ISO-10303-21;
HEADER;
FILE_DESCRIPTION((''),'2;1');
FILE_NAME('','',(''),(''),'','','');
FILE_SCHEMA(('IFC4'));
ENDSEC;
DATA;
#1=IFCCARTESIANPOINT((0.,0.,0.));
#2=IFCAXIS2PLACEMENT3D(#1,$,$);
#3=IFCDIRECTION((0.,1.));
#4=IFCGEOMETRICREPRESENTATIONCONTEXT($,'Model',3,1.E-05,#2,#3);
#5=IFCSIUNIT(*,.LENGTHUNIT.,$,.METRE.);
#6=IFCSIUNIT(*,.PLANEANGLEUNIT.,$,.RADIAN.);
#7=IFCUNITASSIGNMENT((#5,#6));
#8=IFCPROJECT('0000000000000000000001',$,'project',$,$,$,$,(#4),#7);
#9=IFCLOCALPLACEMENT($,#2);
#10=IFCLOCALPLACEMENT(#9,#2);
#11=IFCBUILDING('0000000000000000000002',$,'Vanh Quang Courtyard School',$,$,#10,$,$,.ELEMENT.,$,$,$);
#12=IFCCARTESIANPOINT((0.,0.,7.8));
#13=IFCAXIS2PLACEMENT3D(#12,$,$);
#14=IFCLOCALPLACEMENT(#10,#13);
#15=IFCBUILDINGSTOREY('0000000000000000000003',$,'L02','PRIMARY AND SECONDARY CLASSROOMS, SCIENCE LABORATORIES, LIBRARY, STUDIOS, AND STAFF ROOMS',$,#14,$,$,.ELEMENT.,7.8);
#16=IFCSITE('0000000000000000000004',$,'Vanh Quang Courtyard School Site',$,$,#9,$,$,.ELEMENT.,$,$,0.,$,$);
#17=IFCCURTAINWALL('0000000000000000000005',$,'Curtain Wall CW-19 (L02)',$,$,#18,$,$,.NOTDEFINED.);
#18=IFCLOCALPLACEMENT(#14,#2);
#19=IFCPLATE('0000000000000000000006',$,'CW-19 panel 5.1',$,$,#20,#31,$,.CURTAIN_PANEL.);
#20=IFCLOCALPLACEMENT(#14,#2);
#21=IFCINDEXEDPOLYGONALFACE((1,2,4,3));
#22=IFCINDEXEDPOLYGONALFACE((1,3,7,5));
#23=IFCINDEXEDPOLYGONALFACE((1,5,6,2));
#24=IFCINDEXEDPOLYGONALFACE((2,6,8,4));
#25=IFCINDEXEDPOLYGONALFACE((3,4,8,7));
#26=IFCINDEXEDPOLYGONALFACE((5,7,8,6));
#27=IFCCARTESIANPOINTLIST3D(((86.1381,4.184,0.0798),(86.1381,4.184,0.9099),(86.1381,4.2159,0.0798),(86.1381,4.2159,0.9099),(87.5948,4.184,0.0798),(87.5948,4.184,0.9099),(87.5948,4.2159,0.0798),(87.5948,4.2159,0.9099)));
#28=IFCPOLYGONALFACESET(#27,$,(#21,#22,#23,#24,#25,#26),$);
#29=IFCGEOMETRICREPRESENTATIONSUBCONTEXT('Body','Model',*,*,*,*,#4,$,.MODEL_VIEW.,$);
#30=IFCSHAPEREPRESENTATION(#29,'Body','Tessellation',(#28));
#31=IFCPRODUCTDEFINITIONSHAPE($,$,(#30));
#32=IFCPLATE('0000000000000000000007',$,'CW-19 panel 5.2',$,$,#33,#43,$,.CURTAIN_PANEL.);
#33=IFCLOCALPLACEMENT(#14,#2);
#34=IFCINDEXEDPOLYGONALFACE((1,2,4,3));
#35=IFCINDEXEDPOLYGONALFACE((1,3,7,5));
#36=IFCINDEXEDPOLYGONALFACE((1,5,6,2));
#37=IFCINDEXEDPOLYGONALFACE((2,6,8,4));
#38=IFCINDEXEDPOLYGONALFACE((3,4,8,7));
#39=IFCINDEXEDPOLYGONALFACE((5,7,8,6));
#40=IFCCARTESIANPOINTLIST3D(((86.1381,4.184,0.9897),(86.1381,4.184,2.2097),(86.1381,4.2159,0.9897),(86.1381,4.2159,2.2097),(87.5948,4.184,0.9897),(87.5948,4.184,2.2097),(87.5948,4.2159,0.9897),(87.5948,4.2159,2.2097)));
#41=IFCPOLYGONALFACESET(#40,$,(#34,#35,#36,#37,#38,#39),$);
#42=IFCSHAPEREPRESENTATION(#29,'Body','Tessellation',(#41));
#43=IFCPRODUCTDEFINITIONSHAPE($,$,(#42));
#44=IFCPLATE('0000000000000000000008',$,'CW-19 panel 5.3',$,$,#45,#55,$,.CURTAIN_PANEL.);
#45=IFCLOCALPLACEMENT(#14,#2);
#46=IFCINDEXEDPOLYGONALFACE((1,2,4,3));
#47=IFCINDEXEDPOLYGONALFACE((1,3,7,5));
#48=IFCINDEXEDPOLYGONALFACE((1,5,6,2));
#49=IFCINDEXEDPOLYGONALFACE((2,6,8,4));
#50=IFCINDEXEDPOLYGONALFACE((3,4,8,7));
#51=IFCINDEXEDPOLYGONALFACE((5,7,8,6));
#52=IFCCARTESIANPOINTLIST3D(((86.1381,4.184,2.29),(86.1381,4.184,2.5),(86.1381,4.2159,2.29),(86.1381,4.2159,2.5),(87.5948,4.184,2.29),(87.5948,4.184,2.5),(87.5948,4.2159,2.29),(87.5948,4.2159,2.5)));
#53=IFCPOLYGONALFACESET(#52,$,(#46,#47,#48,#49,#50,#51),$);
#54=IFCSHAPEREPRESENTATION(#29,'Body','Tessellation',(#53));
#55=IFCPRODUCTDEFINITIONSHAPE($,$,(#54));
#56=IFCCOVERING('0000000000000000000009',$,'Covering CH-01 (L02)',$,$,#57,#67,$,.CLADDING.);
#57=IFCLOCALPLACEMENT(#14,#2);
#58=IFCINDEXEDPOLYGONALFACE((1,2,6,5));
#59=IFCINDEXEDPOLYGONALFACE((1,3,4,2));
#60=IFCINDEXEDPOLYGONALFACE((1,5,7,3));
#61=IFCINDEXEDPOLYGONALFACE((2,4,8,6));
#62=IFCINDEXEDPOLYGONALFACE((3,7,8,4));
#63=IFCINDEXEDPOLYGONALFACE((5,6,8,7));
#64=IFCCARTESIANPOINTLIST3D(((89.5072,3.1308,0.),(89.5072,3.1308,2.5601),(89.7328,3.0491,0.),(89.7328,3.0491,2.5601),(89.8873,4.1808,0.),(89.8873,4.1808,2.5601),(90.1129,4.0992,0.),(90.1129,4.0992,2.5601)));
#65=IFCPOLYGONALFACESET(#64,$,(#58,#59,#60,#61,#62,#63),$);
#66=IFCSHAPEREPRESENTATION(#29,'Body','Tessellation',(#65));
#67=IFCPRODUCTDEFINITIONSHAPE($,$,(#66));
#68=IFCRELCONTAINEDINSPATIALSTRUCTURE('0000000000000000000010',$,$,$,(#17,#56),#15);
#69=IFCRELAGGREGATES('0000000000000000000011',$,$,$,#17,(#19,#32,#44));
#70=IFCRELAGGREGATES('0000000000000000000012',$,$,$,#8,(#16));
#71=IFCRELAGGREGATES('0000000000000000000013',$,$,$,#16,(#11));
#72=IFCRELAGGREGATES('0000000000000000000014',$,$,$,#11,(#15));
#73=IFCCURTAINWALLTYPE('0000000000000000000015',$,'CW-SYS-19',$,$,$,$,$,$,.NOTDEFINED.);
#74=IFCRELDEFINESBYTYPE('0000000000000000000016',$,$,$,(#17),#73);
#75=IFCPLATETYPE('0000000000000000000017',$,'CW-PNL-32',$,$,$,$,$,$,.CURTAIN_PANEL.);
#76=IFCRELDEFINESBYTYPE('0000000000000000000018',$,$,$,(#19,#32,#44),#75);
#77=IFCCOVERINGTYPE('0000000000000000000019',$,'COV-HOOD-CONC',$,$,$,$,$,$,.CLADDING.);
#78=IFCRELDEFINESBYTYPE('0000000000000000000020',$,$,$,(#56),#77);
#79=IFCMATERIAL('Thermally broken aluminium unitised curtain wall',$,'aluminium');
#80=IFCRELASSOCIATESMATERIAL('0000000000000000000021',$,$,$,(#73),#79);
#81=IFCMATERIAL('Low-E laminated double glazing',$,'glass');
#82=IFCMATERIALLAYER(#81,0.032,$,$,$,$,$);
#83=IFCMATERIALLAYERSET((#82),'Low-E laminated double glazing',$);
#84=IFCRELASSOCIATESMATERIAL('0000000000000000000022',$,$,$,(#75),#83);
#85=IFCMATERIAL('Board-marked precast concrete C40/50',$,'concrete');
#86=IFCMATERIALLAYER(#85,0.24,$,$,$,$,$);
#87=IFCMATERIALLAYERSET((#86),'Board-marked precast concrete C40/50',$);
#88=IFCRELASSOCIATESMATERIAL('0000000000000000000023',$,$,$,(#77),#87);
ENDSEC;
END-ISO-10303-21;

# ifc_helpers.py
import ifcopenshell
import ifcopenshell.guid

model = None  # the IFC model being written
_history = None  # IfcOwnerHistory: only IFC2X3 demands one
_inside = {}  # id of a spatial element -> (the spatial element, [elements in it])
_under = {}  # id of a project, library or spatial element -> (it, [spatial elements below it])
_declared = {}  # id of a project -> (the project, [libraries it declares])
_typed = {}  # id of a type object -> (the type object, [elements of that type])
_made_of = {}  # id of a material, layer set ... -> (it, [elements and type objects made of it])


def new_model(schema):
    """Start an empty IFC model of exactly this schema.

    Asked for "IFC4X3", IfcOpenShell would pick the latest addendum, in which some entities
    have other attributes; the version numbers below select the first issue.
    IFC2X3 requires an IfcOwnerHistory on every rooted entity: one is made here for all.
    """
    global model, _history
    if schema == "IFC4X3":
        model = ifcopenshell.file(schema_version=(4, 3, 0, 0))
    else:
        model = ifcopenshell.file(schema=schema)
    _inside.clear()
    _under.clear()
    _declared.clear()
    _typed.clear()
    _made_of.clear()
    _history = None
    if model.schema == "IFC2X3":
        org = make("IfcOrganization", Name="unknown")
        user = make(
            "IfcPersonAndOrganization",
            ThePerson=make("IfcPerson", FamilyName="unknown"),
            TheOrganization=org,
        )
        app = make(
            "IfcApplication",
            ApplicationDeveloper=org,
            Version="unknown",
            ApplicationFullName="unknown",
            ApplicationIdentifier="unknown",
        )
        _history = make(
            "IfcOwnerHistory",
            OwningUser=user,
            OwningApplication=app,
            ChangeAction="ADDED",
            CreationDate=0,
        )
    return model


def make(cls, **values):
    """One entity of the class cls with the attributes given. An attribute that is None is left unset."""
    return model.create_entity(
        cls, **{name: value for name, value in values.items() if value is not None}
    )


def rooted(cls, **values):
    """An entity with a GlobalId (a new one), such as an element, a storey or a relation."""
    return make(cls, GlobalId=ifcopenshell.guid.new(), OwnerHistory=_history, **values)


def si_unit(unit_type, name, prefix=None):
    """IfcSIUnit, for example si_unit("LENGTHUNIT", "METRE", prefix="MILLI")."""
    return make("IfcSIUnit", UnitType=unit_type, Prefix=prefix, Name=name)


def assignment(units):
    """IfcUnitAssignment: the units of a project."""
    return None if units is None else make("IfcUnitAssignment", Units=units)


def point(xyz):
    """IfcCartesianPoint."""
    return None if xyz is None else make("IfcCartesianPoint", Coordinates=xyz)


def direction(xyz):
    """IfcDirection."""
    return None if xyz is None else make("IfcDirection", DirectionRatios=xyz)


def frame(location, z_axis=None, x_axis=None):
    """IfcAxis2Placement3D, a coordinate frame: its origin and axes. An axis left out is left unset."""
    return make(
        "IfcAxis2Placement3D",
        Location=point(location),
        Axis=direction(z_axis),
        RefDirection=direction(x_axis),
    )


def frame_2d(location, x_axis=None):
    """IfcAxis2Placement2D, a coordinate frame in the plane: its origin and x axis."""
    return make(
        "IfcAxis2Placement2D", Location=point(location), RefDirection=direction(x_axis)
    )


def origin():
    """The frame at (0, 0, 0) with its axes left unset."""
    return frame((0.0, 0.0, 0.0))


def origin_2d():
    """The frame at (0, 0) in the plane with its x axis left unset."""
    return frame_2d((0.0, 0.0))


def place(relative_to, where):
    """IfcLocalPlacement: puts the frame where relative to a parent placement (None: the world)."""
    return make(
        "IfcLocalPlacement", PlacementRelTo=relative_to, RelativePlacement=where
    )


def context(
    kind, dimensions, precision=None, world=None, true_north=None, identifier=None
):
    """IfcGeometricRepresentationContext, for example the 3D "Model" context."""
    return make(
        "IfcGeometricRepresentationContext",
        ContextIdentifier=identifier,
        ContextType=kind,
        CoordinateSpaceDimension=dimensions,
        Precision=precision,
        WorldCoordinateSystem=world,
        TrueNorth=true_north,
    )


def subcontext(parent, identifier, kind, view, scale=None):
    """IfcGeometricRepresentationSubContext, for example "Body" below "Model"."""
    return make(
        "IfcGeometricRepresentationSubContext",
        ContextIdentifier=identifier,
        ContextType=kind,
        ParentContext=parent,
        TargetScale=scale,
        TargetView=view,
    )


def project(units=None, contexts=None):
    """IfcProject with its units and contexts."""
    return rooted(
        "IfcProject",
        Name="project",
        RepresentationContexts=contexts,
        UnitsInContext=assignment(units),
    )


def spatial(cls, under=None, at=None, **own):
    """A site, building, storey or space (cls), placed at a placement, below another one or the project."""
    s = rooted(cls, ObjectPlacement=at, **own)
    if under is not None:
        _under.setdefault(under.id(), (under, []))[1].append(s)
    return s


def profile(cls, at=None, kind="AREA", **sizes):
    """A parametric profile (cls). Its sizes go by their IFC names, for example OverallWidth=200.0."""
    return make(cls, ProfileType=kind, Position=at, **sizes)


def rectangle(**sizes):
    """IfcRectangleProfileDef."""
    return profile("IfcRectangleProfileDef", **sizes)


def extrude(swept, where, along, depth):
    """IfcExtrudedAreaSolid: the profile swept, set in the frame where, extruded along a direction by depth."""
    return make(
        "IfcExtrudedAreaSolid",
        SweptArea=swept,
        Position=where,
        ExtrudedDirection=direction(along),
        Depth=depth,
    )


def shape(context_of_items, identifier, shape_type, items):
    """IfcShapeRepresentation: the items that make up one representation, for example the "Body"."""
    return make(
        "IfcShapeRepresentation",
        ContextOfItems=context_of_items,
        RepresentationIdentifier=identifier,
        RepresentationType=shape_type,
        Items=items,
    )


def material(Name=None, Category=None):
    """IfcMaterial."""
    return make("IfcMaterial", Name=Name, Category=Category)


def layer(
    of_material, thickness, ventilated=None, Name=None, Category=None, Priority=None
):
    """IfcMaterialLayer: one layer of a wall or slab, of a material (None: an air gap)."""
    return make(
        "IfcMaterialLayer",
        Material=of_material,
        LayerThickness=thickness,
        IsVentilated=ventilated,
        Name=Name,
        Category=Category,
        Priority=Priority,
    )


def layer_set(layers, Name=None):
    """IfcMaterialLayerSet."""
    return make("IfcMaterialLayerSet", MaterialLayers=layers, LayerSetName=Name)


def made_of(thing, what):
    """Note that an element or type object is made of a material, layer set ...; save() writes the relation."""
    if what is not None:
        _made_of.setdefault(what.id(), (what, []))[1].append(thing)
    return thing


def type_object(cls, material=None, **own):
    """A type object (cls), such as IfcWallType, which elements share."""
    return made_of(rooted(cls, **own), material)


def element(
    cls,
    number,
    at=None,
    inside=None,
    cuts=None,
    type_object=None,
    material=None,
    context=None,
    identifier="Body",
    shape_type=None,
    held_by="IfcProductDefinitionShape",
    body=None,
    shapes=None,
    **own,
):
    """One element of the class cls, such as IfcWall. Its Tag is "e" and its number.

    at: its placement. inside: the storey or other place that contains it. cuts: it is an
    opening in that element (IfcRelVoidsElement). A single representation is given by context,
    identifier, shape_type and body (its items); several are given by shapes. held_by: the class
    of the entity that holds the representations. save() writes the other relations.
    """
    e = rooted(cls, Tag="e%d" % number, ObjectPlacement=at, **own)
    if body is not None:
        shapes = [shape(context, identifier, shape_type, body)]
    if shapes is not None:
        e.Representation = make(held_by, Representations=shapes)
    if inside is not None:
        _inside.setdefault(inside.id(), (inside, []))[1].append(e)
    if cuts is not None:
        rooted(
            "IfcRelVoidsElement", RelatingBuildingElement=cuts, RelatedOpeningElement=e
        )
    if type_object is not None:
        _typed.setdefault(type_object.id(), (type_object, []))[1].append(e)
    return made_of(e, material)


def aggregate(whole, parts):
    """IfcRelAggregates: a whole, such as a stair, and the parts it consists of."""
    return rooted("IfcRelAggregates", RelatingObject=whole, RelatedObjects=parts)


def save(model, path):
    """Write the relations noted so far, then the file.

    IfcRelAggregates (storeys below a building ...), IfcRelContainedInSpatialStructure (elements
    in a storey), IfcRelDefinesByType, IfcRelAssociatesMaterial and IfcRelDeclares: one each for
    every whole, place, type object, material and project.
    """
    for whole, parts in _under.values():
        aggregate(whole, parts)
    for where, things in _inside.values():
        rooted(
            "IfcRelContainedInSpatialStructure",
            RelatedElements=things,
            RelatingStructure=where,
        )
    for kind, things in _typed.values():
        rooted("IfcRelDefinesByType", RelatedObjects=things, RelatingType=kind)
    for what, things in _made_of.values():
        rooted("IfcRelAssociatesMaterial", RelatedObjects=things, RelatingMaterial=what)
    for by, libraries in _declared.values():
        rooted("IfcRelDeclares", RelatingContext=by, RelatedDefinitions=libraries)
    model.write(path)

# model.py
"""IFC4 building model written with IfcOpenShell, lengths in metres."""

from ifc_helpers import new_model, si_unit, direction, frame, origin, origin_2d, place, context, subcontext, project, spatial, rectangle, extrude, material, layer, layer_set, type_object, element, aggregate, save


model = new_model("IFC4")

# Units and contexts
model_context = context("Model", 3, precision=1e-05, world=origin(), true_north=direction((0.0, 1.0)))
body_context = subcontext(model_context, "Body", "Model", "MODEL_VIEW")
ifc_project = project(units=[si_unit("LENGTHUNIT", "METRE"), si_unit("PLANEANGLEUNIT", "RADIAN")], contexts=[model_context])

# Site, building, storey
site_placement = place(None, origin())
site = spatial("IfcSite", under=ifc_project, at=site_placement, Name="Vanh Quang Courtyard School Site", CompositionType="ELEMENT", RefElevation=0.0)
building_placement = place(site_placement, origin())
building = spatial("IfcBuilding", under=site, at=building_placement, Name="Vanh Quang Courtyard School", CompositionType="ELEMENT")
storey_placement = place(building_placement, frame((0.0, 0.0, 7.8)))
storey = spatial("IfcBuildingStorey", under=building, at=storey_placement, Name="L02", Description="PRIMARY AND SECONDARY CLASSROOMS, SCIENCE LABORATORIES, LIBRARY, STUDIOS, AND STAFF ROOMS", CompositionType="ELEMENT", Elevation=7.8)

# Curtain wall
ifc_material_1 = material(Name="Thermally broken aluminium unitised curtain wall", Category="aluminium")
curtain_wall_type = type_object("IfcCurtainWallType", Name="CW-SYS-19", PredefinedType="NOTDEFINED", material=ifc_material_1)
curtain_wall_placement = place(storey_placement, origin())
curtain_wall = element("IfcCurtainWall", 1, at=curtain_wall_placement, inside=storey, type_object=curtain_wall_type, Name="Curtain Wall CW-19 (L02)", PredefinedType="NOTDEFINED")

# Plates
ifc_material_2 = material(Name="Low-E laminated double glazing", Category="glass")
ifc_layer_1 = layer(ifc_material_2, 0.032)
ifc_layer_set_1 = layer_set([ifc_layer_1], Name="Low-E laminated double glazing")
plate_type = type_object("IfcPlateType", Name="CW-PNL-32", PredefinedType="CURTAIN_PANEL", material=ifc_layer_set_1)
plate_1_placement = place(storey_placement, frame((86.8665, 4.2, 0.0798), z_axis=(0.0, 0.0, 1.0), x_axis=(-1.0, 0.0, 0.0)))
plate_1 = element("IfcPlate", 2, at=plate_1_placement, type_object=plate_type, Name="CW-19 panel 5.1", PredefinedType="CURTAIN_PANEL", context=body_context, shape_type="SweptSolid", body=[
    extrude(rectangle(XDim=1.4568, YDim=0.032, at=origin_2d()), origin(), (0.0, 0.0, 1.0), 0.8301),
])
plate_2_placement = place(storey_placement, frame((86.8665, 4.2, 0.9897), z_axis=(0.0, 0.0, 1.0), x_axis=(-1.0, 0.0, 0.0)))
plate_2 = element("IfcPlate", 3, at=plate_2_placement, type_object=plate_type, Name="CW-19 panel 5.2", PredefinedType="CURTAIN_PANEL", context=body_context, shape_type="SweptSolid", body=[
    extrude(rectangle(XDim=1.4568, YDim=0.032, at=origin_2d()), origin(), (0.0, 0.0, 1.0), 1.22),
])
plate_3_placement = place(storey_placement, frame((86.8665, 4.2, 2.29), z_axis=(0.0, 0.0, 1.0), x_axis=(-1.0, 0.0, 0.0)))
plate_3 = element("IfcPlate", 4, at=plate_3_placement, type_object=plate_type, Name="CW-19 panel 5.3", PredefinedType="CURTAIN_PANEL", context=body_context, shape_type="SweptSolid", body=[
    extrude(rectangle(XDim=1.4568, YDim=0.032, at=origin_2d()), origin(), (0.0, 0.0, 1.0), 0.21),
])
aggregate(curtain_wall, [plate_1, plate_2, plate_3])

# Covering
ifc_material_3 = material(Name="Board-marked precast concrete C40/50", Category="concrete")
ifc_layer_2 = layer(ifc_material_3, 0.24)
ifc_layer_set_2 = layer_set([ifc_layer_2], Name="Board-marked precast concrete C40/50")
covering_type = type_object("IfcCoveringType", Name="COV-HOOD-CONC", PredefinedType="CLADDING", material=ifc_layer_set_2)
covering_placement = place(storey_placement, frame((89.8101, 3.615, 0.0), z_axis=(0.0, 0.0, 1.0), x_axis=(-0.34038, -0.940288, 0.0)))
element("IfcCovering", 5, at=covering_placement, inside=storey, type_object=covering_type, Name="Covering CH-01 (L02)", PredefinedType="CLADDING", context=body_context, shape_type="SweptSolid", body=[
    extrude(rectangle(XDim=1.1167, YDim=0.24, at=origin_2d()), origin(), (0.0, 0.0, 1.0), 2.5601),
])

save(model, "model.ifc")
